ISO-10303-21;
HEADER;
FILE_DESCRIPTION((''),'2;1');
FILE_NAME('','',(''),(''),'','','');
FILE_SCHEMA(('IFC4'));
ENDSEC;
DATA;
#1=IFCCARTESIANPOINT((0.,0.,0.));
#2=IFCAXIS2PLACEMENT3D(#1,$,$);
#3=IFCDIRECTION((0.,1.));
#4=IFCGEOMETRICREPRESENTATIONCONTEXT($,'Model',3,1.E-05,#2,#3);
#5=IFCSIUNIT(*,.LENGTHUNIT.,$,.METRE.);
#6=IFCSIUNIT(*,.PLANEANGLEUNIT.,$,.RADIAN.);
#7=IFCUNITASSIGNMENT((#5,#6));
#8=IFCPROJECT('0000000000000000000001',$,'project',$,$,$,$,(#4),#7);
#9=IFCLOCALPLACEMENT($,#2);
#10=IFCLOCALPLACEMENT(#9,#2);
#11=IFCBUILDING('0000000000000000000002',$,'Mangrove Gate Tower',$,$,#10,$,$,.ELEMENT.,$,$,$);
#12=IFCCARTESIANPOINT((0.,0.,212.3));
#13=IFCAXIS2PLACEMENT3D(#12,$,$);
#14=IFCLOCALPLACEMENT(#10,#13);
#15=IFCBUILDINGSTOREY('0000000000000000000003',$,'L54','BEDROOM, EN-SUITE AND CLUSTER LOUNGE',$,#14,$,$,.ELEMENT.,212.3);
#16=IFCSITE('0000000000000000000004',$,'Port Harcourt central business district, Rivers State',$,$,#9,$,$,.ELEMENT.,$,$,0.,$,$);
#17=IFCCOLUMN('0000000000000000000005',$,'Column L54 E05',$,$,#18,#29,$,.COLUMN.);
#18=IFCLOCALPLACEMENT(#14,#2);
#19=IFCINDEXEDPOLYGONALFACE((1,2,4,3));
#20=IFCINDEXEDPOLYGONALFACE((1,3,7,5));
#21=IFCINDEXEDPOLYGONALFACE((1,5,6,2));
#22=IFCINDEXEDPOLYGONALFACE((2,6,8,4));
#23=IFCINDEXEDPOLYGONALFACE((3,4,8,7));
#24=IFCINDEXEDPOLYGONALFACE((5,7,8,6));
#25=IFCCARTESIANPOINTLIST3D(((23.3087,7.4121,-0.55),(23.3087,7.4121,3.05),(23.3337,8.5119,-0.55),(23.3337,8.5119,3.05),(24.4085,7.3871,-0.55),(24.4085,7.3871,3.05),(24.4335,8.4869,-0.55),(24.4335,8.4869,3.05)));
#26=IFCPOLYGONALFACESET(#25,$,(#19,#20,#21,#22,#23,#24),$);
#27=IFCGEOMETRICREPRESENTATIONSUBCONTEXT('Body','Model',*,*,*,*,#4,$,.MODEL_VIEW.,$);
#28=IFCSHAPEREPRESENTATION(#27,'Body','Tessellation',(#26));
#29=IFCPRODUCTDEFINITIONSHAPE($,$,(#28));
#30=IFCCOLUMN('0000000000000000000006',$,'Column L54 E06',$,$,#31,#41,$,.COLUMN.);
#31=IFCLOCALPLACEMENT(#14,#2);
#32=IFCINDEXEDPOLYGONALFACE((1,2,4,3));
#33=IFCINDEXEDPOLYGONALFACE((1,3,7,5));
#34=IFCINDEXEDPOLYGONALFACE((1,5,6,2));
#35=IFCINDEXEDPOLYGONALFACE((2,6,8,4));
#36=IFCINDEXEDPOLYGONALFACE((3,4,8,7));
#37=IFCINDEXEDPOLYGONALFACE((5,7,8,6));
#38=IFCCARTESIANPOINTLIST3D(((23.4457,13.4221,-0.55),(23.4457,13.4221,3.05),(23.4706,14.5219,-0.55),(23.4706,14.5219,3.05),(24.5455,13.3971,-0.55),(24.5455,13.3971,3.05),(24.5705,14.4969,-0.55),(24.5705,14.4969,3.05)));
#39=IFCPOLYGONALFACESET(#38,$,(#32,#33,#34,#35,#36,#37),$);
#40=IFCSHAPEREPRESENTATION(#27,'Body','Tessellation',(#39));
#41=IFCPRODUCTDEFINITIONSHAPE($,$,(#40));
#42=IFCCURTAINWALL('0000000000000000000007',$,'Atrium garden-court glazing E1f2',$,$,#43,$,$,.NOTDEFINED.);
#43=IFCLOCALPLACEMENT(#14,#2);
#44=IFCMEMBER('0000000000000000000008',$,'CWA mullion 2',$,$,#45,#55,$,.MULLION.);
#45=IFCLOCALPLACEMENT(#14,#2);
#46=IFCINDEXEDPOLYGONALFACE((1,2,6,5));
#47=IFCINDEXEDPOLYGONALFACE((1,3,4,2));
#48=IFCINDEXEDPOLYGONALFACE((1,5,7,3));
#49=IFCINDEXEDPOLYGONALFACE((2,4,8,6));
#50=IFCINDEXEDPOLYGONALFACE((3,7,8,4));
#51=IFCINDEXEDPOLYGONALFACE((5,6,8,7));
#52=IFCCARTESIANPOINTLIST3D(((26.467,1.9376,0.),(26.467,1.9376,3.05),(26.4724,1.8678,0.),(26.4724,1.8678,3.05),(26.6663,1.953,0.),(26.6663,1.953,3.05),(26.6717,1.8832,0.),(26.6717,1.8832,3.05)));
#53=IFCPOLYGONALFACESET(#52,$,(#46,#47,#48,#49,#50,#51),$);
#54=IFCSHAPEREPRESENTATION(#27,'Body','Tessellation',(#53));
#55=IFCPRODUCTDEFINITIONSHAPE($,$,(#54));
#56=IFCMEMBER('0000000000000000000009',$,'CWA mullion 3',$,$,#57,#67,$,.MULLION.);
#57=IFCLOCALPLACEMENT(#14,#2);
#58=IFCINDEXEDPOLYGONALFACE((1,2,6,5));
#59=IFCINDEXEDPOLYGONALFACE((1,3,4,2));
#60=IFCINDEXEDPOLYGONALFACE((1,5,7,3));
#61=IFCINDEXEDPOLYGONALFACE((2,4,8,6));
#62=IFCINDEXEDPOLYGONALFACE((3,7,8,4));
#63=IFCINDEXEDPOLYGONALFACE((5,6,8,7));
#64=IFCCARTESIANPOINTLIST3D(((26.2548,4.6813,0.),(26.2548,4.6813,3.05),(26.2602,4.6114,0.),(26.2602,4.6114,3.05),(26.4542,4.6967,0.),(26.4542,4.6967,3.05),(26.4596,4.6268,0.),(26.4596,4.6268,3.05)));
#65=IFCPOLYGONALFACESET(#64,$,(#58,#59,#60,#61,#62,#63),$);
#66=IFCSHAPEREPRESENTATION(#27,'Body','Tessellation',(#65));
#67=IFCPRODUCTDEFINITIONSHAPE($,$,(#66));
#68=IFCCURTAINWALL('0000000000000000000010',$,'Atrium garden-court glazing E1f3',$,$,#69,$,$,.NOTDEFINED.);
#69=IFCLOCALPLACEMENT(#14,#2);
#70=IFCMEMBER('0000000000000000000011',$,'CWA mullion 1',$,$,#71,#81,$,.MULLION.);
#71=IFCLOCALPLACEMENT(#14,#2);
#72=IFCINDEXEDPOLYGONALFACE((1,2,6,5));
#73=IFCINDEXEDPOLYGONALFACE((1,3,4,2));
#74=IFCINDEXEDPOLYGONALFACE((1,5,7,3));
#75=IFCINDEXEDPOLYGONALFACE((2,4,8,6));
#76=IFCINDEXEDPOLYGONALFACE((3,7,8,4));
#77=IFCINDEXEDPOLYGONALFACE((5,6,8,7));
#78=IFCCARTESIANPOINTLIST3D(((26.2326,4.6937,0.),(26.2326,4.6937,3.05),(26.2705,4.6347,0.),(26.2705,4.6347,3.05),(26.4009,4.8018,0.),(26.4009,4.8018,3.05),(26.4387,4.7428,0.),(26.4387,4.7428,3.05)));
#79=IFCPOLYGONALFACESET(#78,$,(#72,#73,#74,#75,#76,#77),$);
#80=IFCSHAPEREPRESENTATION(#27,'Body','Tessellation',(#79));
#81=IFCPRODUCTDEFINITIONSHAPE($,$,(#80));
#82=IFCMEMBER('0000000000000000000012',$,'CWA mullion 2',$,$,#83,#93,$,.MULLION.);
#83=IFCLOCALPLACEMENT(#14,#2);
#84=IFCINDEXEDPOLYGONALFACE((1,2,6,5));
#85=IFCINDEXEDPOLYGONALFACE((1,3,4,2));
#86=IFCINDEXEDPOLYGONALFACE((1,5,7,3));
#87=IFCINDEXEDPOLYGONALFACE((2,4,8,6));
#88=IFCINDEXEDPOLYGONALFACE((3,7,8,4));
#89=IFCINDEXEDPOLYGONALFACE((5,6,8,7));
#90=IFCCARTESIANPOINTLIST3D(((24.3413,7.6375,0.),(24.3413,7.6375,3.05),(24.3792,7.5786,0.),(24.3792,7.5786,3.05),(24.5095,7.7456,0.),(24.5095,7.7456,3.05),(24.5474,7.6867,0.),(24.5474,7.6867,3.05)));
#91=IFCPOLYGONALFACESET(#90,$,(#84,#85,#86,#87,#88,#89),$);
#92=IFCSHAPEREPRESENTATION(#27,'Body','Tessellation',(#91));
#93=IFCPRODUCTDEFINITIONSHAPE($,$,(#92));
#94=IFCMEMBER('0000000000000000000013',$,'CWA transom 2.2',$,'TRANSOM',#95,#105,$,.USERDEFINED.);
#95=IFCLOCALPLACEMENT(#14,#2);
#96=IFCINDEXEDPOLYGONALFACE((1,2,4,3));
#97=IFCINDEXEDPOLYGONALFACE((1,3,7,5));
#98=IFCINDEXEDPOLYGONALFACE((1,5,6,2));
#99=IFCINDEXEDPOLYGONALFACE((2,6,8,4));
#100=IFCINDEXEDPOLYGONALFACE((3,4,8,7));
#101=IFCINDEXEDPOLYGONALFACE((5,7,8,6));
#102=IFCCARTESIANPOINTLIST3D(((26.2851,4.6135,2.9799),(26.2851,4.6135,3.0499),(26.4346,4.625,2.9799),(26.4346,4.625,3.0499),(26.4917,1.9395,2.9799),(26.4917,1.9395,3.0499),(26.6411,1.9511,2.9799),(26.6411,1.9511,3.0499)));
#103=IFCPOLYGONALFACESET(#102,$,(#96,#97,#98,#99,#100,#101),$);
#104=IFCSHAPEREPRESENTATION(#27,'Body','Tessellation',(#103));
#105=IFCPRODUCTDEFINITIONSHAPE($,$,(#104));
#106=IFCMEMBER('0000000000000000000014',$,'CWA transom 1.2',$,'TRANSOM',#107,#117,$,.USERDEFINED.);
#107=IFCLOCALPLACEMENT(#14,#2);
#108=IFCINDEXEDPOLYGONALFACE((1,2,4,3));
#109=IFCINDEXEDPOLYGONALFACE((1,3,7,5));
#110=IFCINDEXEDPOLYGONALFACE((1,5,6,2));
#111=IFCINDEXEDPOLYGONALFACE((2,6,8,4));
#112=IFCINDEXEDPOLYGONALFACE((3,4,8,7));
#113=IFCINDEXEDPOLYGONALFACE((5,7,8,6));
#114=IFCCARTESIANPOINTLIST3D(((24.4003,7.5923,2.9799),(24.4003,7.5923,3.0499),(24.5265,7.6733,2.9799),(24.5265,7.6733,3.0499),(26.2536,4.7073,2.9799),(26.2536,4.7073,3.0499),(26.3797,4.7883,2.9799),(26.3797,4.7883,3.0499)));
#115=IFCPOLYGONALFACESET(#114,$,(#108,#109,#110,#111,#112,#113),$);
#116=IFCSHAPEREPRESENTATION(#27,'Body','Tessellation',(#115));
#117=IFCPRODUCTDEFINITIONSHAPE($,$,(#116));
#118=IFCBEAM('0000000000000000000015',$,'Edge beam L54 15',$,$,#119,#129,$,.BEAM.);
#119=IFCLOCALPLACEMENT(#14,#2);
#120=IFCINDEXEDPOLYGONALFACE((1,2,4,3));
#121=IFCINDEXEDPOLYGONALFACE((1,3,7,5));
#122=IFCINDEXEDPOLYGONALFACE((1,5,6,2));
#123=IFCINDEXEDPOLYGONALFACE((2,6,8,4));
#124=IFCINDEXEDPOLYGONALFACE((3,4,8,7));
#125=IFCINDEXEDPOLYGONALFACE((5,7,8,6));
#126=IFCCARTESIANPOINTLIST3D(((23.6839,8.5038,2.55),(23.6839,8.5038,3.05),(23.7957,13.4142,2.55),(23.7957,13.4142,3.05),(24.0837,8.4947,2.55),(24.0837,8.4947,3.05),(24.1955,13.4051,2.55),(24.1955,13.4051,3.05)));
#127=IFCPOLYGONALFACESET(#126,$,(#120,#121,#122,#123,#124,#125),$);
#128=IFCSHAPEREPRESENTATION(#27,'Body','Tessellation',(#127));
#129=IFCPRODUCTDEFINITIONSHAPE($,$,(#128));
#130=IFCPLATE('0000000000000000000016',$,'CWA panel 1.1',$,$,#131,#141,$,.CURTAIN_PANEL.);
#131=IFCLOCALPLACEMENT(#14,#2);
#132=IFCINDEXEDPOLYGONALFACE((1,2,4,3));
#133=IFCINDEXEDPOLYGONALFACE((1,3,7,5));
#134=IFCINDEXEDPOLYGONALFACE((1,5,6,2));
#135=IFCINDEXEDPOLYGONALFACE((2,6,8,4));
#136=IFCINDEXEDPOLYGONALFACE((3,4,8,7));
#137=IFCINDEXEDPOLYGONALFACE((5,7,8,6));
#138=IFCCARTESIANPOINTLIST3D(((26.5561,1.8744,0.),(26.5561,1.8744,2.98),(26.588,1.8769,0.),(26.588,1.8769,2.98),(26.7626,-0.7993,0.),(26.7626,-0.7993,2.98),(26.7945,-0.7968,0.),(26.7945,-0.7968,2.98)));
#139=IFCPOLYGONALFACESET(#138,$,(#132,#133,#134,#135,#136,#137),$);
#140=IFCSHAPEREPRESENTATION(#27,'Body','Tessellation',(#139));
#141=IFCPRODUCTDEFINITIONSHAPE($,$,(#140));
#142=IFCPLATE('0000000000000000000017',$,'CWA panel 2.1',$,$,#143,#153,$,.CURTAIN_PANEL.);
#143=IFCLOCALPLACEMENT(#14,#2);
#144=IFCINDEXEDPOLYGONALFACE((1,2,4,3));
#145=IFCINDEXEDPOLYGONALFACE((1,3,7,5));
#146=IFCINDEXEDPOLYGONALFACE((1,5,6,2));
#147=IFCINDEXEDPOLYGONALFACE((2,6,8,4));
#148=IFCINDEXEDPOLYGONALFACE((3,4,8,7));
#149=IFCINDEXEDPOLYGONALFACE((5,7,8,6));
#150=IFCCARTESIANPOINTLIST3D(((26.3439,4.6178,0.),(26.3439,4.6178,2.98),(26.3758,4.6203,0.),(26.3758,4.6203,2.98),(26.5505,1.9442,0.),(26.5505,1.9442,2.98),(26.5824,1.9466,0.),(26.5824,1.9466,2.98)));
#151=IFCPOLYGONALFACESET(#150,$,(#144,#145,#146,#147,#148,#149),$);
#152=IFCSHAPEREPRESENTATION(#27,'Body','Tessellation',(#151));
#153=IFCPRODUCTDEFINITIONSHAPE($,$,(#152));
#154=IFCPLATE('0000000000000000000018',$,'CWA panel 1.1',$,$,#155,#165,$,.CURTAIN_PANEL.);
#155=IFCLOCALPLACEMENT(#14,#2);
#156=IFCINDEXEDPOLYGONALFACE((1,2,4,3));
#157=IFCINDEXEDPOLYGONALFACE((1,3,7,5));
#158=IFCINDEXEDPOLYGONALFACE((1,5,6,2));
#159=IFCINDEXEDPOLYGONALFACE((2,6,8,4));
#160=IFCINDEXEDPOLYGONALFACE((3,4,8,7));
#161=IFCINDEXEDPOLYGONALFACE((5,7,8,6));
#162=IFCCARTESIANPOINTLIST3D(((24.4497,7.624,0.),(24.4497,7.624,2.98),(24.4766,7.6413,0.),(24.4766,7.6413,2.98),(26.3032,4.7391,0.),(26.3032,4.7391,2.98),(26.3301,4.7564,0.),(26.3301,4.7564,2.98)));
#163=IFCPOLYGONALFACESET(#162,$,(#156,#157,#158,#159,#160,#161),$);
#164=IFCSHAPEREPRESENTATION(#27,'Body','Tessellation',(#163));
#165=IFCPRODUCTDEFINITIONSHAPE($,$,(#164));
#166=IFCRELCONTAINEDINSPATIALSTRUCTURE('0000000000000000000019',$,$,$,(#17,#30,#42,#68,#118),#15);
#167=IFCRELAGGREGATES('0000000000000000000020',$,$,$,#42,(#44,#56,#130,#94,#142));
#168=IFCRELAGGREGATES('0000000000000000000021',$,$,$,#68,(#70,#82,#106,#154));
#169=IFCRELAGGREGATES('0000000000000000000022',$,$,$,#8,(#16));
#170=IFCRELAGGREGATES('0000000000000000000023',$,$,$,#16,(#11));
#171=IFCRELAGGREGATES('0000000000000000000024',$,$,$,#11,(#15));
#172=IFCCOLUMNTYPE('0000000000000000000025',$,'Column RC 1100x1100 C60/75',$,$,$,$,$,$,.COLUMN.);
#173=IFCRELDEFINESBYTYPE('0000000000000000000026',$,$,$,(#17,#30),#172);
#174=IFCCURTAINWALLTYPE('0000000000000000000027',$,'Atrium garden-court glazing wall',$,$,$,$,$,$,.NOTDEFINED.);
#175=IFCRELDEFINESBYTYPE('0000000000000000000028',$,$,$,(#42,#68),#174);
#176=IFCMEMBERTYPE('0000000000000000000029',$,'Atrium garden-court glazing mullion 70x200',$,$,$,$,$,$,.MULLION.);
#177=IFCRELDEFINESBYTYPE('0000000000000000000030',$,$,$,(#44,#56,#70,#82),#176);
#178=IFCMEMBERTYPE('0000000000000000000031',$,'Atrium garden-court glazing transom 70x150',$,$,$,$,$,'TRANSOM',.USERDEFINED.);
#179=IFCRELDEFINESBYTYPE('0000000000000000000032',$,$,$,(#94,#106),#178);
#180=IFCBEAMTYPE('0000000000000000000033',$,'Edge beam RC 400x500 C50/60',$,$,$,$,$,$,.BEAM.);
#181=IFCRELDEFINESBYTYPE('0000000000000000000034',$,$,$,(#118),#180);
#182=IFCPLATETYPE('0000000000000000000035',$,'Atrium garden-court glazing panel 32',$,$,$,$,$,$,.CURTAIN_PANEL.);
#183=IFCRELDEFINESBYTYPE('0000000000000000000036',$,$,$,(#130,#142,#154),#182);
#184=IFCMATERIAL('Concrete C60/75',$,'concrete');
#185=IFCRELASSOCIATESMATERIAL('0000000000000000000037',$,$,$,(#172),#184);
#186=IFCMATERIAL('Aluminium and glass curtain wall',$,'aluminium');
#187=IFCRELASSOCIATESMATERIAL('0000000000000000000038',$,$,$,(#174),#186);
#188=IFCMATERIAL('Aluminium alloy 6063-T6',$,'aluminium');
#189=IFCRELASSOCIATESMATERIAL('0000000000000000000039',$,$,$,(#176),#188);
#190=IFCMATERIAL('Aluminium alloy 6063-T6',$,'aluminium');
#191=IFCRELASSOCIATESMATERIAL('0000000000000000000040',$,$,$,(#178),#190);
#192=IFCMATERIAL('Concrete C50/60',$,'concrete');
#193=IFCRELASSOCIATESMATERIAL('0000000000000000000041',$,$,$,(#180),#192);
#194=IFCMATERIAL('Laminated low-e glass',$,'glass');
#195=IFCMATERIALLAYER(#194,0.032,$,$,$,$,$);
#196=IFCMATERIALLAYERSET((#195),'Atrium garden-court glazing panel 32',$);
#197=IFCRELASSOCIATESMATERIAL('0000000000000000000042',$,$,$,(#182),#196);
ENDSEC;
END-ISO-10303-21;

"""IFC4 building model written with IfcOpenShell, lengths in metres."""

from ifc_helpers import new_model, si_unit, direction, frame, origin, origin_2d, place, context, subcontext, project, spatial, rectangle, extrude, material, layer, layer_set, material_profile, profile_set, type_object, element, aggregate, save


model = new_model("IFC4")

# Units and contexts
model_context = context("Model", 3, precision=1e-05, world=origin(), true_north=direction((0.0, 1.0)))
body_context = subcontext(model_context, "Body", "Model", "MODEL_VIEW")
ifc_project = project(units=[si_unit("LENGTHUNIT", "METRE"), si_unit("PLANEANGLEUNIT", "RADIAN")], contexts=[model_context])

# Site, building, storey
site_placement = place(None, origin())
site = spatial("IfcSite", under=ifc_project, at=site_placement, Name="Port Harcourt central business district, Rivers State", CompositionType="ELEMENT", RefElevation=0.0)
building_placement = place(site_placement, origin())
building = spatial("IfcBuilding", under=site, at=building_placement, Name="Mangrove Gate Tower", CompositionType="ELEMENT")
storey_placement = place(building_placement, frame((0.0, 0.0, 212.3)))
storey = spatial("IfcBuildingStorey", under=building, at=storey_placement, Name="L54", Description="BEDROOM, EN-SUITE AND CLUSTER LOUNGE", CompositionType="ELEMENT", Elevation=212.3)

# Columns
ifc_material_1 = material(Name="Concrete C60/75", Category="concrete")
ifc_material_profile_1 = material_profile(ifc_material_1, rectangle(XDim=1.1001, YDim=1.1001, at=origin_2d()))
ifc_profile_set_1 = profile_set([ifc_material_profile_1], Name="Concrete C60/75")
column_type = type_object("IfcColumnType", Name="Column RC 1100x1100 C60/75", PredefinedType="COLUMN", material=ifc_profile_set_1)
for number, where, z_axis, x_axis, name in (
    (1, (23.8711, 7.9495, -0.55), (0.0, 0.0, 1.0), (0.022719, 0.999742, 0.0), "Column L54 E05"),
    (2, (24.0081, 13.9595, -0.55), (0.0, 0.0, 1.0), (0.022704, 0.999742, 0.0), "Column L54 E06"),
):
    element("IfcColumn", number, at=place(storey_placement, frame(where, z_axis=z_axis, x_axis=x_axis)), inside=storey, type_object=column_type, Name=name, PredefinedType="COLUMN", context=body_context, shape_type="SweptSolid", body=[
        extrude(rectangle(XDim=1.1001, YDim=1.1001, at=origin_2d()), origin(), (0.0, 0.0, 1.0), 3.6001),
    ])

# Curtain walls, members
ifc_material_2 = material(Name="Aluminium and glass curtain wall", Category="aluminium")
curtain_wall_type = type_object("IfcCurtainWallType", Name="Atrium garden-court glazing wall", PredefinedType="NOTDEFINED", material=ifc_material_2)
curtain_wall_1_placement = place(storey_placement, origin())
curtain_wall_1 = element("IfcCurtainWall", 3, at=curtain_wall_1_placement, inside=storey, type_object=curtain_wall_type, Name="Atrium garden-court glazing E1f2", PredefinedType="NOTDEFINED")
ifc_material_3 = material(Name="Aluminium alloy 6063-T6", Category="aluminium")
ifc_material_profile_2 = material_profile(ifc_material_3, rectangle(XDim=0.0701, YDim=0.2, at=origin_2d()))
ifc_profile_set_2 = profile_set([ifc_material_profile_2], Name="Aluminium alloy 6063-T6")
member_type_1 = type_object("IfcMemberType", Name="Atrium garden-court glazing mullion 70x200", PredefinedType="MULLION", material=ifc_profile_set_2)
member_1_placement = place(storey_placement, frame((26.5693, 1.9104, 0.0), z_axis=(0.0, 0.0, 1.0), x_axis=(-0.077023, 0.997029, 0.0)))
member_1 = element("IfcMember", 4, at=member_1_placement, type_object=member_type_1, Name="CWA mullion 2", PredefinedType="MULLION", context=body_context, shape_type="SweptSolid", body=[
    extrude(rectangle(XDim=0.0701, YDim=0.2, at=origin_2d()), origin(), (0.0, 0.0, 1.0), 3.05),
])
member_2_placement = place(storey_placement, frame((26.3572, 4.6541, 0.0), z_axis=(0.0, 0.0, 1.0), x_axis=(-0.077023, 0.997029, 0.0)))
member_2 = element("IfcMember", 5, at=member_2_placement, type_object=member_type_1, Name="CWA mullion 3", PredefinedType="MULLION", context=body_context, shape_type="SweptSolid", body=[
    extrude(rectangle(XDim=0.0701, YDim=0.2, at=origin_2d()), origin(), (0.0, 0.0, 1.0), 3.05),
])
curtain_wall_2_placement = place(storey_placement, origin())
curtain_wall_2 = element("IfcCurtainWall", 6, at=curtain_wall_2_placement, inside=storey, type_object=curtain_wall_type, Name="Atrium garden-court glazing E1f3", PredefinedType="NOTDEFINED")
member_3_placement = place(storey_placement, frame((26.3357, 4.7183, 0.0), z_axis=(0.0, 0.0, 1.0), x_axis=(-0.540523, 0.841329, 0.0)))
member_3 = element("IfcMember", 7, at=member_3_placement, type_object=member_type_1, Name="CWA mullion 1", PredefinedType="MULLION", context=body_context, shape_type="SweptSolid", body=[
    extrude(rectangle(XDim=0.0701, YDim=0.2, at=origin_2d()), origin(), (0.0, 0.0, 1.0), 3.05),
])
member_4_placement = place(storey_placement, frame((24.4443, 7.6621, 0.0), z_axis=(0.0, 0.0, 1.0), x_axis=(-0.540523, 0.841329, 0.0)))
member_4 = element("IfcMember", 8, at=member_4_placement, type_object=member_type_1, Name="CWA mullion 2", PredefinedType="MULLION", context=body_context, shape_type="SweptSolid", body=[
    extrude(rectangle(XDim=0.0701, YDim=0.2, at=origin_2d()), origin(), (0.0, 0.0, 1.0), 3.05),
])

# Members
ifc_material_4 = material(Name="Aluminium alloy 6063-T6", Category="aluminium")
ifc_material_profile_3 = material_profile(ifc_material_4, rectangle(XDim=0.0701, YDim=0.1499, at=origin_2d()))
ifc_profile_set_3 = profile_set([ifc_material_profile_3], Name="Aluminium alloy 6063-T6")
member_type_2 = type_object("IfcMemberType", Name="Atrium garden-court glazing transom 70x150", ElementType="TRANSOM", PredefinedType="USERDEFINED", material=ifc_profile_set_3)
member_5_placement = place(storey_placement, frame((26.5664, 1.9453, 3.0149), z_axis=(-0.077017, 0.99703, 0.0), x_axis=(0.0, 0.0, 1.0)))
member_5 = element("IfcMember", 9, at=member_5_placement, type_object=member_type_2, Name="CWA transom 2.2", ObjectType="TRANSOM", PredefinedType="USERDEFINED", context=body_context, shape_type="SweptSolid", body=[
    extrude(rectangle(XDim=0.0701, YDim=0.1499, at=origin_2d()), origin(), (0.0, 0.0, 1.0), 2.6819),
])
member_6_placement = place(storey_placement, frame((26.3167, 4.7478, 3.0149), z_axis=(-0.540473, 0.841361, 0.0), x_axis=(0.0, 0.0, 1.0)))
member_6 = element("IfcMember", 10, at=member_6_placement, type_object=member_type_2, Name="CWA transom 1.2", ObjectType="TRANSOM", PredefinedType="USERDEFINED", context=body_context, shape_type="SweptSolid", body=[
    extrude(rectangle(XDim=0.0701, YDim=0.1499, at=origin_2d()), origin(), (0.0, 0.0, 1.0), 3.429),
])

# Beam
ifc_material_5 = material(Name="Concrete C50/60", Category="concrete")
ifc_material_profile_4 = material_profile(ifc_material_5, rectangle(XDim=0.3999, YDim=0.5, at=origin_2d()))
ifc_profile_set_4 = profile_set([ifc_material_profile_4], Name="Concrete C50/60")
beam_type = type_object("IfcBeamType", Name="Edge beam RC 400x500 C50/60", PredefinedType="BEAM", material=ifc_profile_set_4)
beam_placement = place(storey_placement, frame((23.8838, 8.4993, 2.8), z_axis=(0.022765, 0.999741, 0.0), x_axis=(-0.999741, 0.022765, 0.0)))
element("IfcBeam", 11, at=beam_placement, inside=storey, type_object=beam_type, Name="Edge beam L54 15", PredefinedType="BEAM", context=body_context, shape_type="SweptSolid", body=[
    extrude(rectangle(XDim=0.3999, YDim=0.5, at=origin_2d()), origin(), (0.0, 0.0, 1.0), 4.9116),
])

# Plates
ifc_material_6 = material(Name="Laminated low-e glass", Category="glass")
ifc_layer_1 = layer(ifc_material_6, 0.032)
ifc_layer_set_1 = layer_set([ifc_layer_1], Name="Atrium garden-court glazing panel 32")
plate_type = type_object("IfcPlateType", Name="Atrium garden-court glazing panel 32", PredefinedType="CURTAIN_PANEL", material=ifc_layer_set_1)
plate_1_placement = place(storey_placement, frame((26.6753, 0.5388, 0.0), z_axis=(0.0, 0.0, 1.0), x_axis=(-0.077023, 0.997029, 0.0)))
plate_1 = element("IfcPlate", 12, at=plate_1_placement, type_object=plate_type, Name="CWA panel 1.1", PredefinedType="CURTAIN_PANEL", context=body_context, shape_type="SweptSolid", body=[
    extrude(rectangle(XDim=2.6816, YDim=0.032, at=origin_2d()), origin(), (0.0, 0.0, 1.0), 2.98),
])
plate_2_placement = place(storey_placement, frame((26.4631, 3.2822, 0.0), z_axis=(0.0, 0.0, 1.0), x_axis=(-0.077023, 0.997029, 0.0)))
plate_2 = element("IfcPlate", 13, at=plate_2_placement, type_object=plate_type, Name="CWA panel 2.1", PredefinedType="CURTAIN_PANEL", context=body_context, shape_type="SweptSolid", body=[
    extrude(rectangle(XDim=2.6816, YDim=0.032, at=origin_2d()), origin(), (0.0, 0.0, 1.0), 2.98),
])
aggregate(curtain_wall_1, [member_1, member_2, plate_1, member_5, plate_2])
plate_3_placement = place(storey_placement, frame((25.3899, 6.1902, 0.0), z_axis=(0.0, 0.0, 1.0), x_axis=(-0.540523, 0.841329, 0.0)))
plate_3 = element("IfcPlate", 14, at=plate_3_placement, type_object=plate_type, Name="CWA panel 1.1", PredefinedType="CURTAIN_PANEL", context=body_context, shape_type="SweptSolid", body=[
    extrude(rectangle(XDim=3.429, YDim=0.032, at=origin_2d()), origin(), (0.0, 0.0, 1.0), 2.98),
])
aggregate(curtain_wall_2, [member_3, member_4, member_6, plate_3])

save(model, "model.ifc")
